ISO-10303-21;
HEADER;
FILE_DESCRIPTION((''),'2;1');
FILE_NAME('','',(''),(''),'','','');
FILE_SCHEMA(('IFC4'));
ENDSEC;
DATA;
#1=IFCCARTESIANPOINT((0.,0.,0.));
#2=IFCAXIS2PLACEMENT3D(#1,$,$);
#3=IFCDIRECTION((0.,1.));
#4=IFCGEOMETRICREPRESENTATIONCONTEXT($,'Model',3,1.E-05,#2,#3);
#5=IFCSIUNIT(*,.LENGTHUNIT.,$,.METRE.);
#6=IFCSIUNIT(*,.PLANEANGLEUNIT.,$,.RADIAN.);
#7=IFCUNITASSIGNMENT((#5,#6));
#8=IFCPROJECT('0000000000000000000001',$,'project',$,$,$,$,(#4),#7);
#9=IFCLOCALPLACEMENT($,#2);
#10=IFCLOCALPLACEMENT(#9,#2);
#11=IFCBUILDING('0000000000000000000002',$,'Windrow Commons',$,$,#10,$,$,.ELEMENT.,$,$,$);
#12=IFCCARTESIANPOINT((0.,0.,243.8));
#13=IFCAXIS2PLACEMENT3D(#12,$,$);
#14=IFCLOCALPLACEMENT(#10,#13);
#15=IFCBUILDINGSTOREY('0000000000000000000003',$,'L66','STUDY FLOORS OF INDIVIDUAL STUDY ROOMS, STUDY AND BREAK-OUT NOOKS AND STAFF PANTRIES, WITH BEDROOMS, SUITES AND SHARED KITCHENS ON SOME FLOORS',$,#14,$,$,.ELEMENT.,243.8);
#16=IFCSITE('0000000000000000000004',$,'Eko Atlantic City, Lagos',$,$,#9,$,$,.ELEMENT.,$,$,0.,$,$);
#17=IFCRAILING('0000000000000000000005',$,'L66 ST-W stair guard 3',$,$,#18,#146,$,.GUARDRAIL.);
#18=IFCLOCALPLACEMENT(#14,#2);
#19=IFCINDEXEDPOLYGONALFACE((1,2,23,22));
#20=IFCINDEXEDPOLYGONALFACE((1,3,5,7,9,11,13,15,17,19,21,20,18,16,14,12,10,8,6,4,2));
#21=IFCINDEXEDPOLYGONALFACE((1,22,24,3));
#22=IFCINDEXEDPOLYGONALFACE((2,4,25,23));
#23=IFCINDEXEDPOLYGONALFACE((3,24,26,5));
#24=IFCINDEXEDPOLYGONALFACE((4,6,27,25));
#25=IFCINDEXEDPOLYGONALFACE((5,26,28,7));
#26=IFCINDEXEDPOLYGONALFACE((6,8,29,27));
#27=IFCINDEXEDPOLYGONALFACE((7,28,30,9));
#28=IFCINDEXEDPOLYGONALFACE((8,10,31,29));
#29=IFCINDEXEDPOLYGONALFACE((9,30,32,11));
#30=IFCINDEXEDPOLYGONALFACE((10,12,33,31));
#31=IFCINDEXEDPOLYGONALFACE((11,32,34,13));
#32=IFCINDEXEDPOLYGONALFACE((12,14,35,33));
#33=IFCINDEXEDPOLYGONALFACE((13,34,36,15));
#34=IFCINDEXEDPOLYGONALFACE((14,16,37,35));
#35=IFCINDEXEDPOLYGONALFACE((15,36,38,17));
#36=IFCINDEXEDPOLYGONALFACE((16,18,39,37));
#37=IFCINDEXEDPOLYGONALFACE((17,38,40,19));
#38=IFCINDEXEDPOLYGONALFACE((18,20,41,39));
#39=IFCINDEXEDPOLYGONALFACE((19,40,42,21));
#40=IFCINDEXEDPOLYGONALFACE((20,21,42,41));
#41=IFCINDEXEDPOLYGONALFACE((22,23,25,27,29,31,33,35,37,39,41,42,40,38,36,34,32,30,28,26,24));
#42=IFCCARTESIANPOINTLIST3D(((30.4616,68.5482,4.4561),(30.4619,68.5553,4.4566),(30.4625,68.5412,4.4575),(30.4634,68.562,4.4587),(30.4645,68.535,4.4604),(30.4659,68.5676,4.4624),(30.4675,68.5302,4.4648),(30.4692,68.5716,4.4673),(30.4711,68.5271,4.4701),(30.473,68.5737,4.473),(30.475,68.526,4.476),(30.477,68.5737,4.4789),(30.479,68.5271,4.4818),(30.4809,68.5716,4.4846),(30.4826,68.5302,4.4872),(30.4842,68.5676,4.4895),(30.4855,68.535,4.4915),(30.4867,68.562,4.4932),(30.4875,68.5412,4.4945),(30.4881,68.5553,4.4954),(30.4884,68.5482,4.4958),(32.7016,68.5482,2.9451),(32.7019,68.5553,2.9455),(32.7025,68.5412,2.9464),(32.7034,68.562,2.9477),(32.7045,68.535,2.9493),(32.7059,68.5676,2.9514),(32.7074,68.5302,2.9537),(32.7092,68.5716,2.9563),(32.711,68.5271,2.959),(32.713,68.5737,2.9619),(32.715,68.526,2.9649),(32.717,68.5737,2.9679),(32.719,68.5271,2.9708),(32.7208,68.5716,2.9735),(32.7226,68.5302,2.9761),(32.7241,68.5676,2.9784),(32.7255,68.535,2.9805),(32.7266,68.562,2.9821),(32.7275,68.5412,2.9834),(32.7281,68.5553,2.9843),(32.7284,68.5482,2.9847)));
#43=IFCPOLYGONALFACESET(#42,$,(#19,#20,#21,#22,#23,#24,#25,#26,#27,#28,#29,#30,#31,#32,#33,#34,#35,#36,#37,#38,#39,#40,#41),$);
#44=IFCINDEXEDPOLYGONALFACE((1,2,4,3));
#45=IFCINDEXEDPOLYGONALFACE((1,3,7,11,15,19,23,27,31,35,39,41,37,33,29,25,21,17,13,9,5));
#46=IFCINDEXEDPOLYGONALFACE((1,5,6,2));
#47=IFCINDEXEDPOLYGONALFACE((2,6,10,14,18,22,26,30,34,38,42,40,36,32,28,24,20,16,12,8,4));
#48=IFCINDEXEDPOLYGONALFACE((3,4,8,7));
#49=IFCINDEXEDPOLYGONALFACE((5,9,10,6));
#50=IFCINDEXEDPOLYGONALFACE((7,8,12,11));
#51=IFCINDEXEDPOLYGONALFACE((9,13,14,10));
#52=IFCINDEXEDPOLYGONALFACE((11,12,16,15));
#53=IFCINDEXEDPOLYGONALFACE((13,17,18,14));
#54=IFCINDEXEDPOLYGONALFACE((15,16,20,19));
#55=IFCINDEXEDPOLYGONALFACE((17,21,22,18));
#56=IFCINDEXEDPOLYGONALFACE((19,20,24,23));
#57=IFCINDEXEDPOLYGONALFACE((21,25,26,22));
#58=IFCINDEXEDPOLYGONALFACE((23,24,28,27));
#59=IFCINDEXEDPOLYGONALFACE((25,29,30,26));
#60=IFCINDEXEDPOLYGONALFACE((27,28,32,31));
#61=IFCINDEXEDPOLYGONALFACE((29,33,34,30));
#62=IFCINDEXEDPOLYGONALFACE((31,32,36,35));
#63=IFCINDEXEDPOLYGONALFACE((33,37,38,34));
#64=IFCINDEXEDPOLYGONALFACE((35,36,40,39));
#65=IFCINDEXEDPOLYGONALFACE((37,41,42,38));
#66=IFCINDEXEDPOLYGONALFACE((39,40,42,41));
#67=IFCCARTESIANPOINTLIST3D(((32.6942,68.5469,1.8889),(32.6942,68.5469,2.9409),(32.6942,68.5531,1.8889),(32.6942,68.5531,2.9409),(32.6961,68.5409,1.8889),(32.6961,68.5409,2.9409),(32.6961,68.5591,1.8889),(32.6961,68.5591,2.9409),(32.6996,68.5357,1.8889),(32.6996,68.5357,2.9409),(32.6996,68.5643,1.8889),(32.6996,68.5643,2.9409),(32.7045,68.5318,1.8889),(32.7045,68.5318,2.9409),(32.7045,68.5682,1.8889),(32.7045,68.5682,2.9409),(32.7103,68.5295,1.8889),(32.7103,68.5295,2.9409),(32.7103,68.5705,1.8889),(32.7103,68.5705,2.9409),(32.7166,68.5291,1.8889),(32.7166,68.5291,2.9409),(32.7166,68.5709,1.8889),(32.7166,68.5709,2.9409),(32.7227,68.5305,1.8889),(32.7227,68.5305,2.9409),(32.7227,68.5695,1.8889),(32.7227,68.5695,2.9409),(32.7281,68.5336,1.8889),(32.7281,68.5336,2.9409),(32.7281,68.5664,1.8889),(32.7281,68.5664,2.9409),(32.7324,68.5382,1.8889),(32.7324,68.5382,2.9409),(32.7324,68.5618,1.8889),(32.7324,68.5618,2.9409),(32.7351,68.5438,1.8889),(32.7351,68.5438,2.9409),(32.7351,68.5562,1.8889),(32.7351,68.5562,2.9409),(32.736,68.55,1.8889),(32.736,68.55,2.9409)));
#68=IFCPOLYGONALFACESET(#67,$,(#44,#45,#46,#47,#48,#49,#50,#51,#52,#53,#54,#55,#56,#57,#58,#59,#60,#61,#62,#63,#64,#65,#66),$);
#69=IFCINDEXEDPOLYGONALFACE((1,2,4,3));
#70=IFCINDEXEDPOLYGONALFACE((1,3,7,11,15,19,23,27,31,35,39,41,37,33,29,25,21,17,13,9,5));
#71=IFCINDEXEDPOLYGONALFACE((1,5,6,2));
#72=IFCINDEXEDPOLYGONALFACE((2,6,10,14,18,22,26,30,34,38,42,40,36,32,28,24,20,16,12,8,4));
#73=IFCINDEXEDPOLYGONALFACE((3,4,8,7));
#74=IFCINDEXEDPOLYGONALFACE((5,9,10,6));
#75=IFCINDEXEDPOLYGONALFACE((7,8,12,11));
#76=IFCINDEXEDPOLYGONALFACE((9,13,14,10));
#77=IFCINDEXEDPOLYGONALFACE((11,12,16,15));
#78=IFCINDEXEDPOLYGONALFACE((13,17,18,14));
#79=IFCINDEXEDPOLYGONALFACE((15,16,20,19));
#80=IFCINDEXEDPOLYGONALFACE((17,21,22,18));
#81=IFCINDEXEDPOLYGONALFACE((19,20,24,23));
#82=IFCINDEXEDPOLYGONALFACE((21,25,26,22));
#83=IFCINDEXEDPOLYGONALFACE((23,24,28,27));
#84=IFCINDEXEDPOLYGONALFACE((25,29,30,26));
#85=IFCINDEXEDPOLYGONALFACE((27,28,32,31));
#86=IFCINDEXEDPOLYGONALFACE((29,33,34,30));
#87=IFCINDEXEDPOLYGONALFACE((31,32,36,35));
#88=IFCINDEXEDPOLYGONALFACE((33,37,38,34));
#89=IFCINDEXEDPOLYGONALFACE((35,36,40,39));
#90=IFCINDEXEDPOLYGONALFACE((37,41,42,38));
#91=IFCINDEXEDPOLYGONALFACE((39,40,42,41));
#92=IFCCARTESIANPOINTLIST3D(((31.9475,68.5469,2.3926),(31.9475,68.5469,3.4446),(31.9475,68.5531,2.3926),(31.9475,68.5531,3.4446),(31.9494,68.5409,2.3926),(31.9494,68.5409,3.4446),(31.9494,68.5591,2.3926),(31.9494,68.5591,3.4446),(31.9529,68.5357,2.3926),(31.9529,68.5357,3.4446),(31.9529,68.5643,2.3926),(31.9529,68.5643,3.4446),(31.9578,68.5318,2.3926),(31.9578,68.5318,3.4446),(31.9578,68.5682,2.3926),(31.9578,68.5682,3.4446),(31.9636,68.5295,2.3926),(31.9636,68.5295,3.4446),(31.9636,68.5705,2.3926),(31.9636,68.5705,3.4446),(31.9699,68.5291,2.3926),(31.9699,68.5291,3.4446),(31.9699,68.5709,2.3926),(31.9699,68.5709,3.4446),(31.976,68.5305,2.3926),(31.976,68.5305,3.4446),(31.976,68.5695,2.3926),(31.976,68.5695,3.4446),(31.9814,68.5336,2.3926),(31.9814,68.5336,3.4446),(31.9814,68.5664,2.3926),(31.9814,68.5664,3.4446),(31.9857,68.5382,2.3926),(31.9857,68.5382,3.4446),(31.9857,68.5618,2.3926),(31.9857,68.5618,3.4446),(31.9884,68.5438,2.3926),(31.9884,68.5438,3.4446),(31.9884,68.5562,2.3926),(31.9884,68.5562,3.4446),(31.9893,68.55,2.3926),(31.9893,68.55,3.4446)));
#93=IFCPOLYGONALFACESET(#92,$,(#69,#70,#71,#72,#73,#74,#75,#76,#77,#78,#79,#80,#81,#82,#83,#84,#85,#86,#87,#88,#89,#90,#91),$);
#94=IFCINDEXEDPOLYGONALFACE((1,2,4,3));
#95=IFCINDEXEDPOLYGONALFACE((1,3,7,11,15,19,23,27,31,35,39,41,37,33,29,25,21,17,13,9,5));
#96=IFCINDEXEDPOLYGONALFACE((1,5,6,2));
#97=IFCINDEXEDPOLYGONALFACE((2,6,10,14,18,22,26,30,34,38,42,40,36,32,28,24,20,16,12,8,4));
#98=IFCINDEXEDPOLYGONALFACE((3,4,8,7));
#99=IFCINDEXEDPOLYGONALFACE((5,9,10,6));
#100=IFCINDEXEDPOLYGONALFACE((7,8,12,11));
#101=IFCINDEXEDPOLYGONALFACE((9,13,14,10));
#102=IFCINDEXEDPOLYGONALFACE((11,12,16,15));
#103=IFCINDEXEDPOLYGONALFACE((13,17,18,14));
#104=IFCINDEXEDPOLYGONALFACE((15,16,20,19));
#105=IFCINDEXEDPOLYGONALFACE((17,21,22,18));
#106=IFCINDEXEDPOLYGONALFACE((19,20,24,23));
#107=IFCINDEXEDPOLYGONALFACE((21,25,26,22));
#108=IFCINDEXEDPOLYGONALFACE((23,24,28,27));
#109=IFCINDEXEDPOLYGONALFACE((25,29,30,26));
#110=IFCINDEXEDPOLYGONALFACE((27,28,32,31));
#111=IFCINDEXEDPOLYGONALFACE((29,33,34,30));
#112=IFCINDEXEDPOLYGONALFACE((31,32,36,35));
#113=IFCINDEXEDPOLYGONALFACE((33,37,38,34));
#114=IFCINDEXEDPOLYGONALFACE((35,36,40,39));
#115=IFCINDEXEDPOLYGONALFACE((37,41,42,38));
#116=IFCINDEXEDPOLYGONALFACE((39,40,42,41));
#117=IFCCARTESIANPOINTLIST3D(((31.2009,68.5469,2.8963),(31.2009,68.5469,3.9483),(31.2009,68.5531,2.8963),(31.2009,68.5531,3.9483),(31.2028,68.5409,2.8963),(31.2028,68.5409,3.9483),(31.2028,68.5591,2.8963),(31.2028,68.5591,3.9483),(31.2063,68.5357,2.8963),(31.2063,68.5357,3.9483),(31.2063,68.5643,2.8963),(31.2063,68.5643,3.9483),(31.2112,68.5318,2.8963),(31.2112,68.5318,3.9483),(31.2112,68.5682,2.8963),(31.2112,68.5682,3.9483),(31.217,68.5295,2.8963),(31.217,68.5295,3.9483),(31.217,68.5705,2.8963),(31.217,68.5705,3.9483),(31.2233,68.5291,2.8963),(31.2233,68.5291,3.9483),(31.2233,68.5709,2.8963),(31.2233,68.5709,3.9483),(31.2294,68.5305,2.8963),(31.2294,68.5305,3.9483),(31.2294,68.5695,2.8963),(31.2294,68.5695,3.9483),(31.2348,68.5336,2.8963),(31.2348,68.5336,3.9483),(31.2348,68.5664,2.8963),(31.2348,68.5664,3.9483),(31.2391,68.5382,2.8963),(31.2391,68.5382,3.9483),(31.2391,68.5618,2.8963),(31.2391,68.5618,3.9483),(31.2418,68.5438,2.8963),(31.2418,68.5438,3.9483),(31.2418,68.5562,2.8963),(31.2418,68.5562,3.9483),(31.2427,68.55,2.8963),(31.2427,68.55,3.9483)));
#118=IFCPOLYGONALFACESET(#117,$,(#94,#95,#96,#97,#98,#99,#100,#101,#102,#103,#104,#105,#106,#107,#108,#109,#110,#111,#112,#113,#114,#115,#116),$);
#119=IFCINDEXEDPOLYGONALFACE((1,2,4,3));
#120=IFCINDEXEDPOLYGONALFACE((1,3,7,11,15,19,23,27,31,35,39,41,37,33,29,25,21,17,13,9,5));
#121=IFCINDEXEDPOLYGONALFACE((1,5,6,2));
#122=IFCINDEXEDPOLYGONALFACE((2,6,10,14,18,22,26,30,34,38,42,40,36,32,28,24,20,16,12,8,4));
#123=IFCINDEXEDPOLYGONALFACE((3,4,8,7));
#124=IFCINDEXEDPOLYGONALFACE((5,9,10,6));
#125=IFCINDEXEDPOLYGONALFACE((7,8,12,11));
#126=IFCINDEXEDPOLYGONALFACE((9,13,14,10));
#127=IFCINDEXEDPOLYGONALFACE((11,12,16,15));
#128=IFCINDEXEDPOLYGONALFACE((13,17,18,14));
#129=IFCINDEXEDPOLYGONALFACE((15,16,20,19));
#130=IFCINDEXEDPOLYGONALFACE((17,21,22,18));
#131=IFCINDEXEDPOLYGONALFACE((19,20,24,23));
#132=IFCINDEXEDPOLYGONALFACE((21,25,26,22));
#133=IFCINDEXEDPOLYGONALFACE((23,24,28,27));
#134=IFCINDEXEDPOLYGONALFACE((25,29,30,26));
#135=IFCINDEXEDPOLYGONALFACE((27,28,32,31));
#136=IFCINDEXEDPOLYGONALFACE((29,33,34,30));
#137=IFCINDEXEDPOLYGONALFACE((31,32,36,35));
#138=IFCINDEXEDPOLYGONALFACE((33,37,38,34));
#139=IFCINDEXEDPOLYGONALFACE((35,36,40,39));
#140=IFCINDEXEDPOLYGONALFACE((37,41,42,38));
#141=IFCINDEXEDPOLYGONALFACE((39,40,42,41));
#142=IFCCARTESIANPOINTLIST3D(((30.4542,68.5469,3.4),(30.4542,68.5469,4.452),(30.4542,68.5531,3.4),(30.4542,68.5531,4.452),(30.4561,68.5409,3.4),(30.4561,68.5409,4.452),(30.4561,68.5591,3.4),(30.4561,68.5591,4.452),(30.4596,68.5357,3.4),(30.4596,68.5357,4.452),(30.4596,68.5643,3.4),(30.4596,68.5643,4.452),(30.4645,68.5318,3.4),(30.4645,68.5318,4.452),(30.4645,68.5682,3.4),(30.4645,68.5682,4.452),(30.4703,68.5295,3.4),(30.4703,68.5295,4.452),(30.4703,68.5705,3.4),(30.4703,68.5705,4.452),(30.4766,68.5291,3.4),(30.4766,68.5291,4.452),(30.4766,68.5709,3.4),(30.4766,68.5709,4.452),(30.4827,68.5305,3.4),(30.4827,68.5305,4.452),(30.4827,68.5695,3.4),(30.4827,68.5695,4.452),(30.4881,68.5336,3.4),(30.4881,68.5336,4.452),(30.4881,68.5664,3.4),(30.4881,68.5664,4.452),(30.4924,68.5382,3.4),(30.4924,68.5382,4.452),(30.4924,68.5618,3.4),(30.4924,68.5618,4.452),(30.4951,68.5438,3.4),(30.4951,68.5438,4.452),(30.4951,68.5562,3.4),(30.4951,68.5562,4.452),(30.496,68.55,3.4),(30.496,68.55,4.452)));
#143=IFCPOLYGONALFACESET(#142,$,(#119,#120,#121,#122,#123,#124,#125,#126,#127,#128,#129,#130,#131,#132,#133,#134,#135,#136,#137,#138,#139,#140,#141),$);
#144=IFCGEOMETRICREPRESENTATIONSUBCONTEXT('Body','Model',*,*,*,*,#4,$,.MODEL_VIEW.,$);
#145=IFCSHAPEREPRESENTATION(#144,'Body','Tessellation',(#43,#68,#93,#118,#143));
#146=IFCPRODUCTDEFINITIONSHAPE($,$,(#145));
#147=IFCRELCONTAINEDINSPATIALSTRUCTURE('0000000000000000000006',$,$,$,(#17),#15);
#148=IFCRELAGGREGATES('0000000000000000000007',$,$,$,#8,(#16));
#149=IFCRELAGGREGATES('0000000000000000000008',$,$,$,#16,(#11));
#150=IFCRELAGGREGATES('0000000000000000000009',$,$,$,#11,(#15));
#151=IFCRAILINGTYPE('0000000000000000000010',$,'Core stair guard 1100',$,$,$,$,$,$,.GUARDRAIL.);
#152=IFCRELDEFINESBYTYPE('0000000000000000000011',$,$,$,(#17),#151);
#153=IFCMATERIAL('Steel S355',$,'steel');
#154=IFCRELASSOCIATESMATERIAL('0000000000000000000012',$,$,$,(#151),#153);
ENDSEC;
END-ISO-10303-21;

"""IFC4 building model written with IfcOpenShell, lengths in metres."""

from ifc_helpers import new_model, si_unit, direction, frame, origin, origin_2d, place, context, subcontext, project, spatial, circle, extrude, material, type_object, element, save


model = new_model("IFC4")

# Units and contexts
model_context = context("Model", 3, precision=1e-05, world=origin(), true_north=direction((0.0, 1.0)))
body_context = subcontext(model_context, "Body", "Model", "MODEL_VIEW")
ifc_project = project(units=[si_unit("LENGTHUNIT", "METRE"), si_unit("PLANEANGLEUNIT", "RADIAN")], contexts=[model_context])

# Site, building, storey
site_placement = place(None, origin())
site = spatial("IfcSite", under=ifc_project, at=site_placement, Name="Eko Atlantic City, Lagos", CompositionType="ELEMENT", RefElevation=0.0)
building_placement = place(site_placement, origin())
building = spatial("IfcBuilding", under=site, at=building_placement, Name="Windrow Commons", CompositionType="ELEMENT")
storey_placement = place(building_placement, frame((0.0, 0.0, 243.8)))
storey = spatial("IfcBuildingStorey", under=building, at=storey_placement, Name="L66", Description="STUDY FLOORS OF INDIVIDUAL STUDY ROOMS, STUDY AND BREAK-OUT NOOKS AND STAFF PANTRIES, WITH BEDROOMS, SUITES AND SHARED KITCHENS ON SOME FLOORS", CompositionType="ELEMENT", Elevation=243.8)

# Railing
ifc_material_1 = material(Name="Steel S355", Category="steel")
railing_type_1 = type_object("IfcRailingType", Name="Core stair guard 1100", PredefinedType="GUARDRAIL", material=ifc_material_1)
railing_1_placement = place(storey_placement, frame((32.715, 68.55, 1.8889)))
element("IfcRailing", 1, at=railing_1_placement, inside=storey, type_object=railing_type_1, Name="L66 ST-W stair guard 3", PredefinedType="GUARDRAIL", context=body_context, shape_type="SweptSolid", body=[
    extrude(circle(Radius=0.024, at=origin_2d()), frame((0.0, 0.0, 1.076), z_axis=(-0.829003, 0.0, 0.559244), x_axis=(0.0, -1.0, 0.0)), (0.0, 0.0, 1.0), 2.702),
    extrude(circle(Radius=0.021, at=origin_2d()), origin(), (0.0, 0.0, 1.0), 1.052),
    extrude(circle(Radius=0.021, at=origin_2d()), frame((-0.7467, 0.0, 0.5037)), (0.0, 0.0, 1.0), 1.052),
    extrude(circle(Radius=0.021, at=origin_2d()), frame((-1.4933, 0.0, 1.0074)), (0.0, 0.0, 1.0), 1.052),
    extrude(circle(Radius=0.021, at=origin_2d()), frame((-2.24, 0.0, 1.5111)), (0.0, 0.0, 1.0), 1.052),
])

save(model, "model.ifc")
